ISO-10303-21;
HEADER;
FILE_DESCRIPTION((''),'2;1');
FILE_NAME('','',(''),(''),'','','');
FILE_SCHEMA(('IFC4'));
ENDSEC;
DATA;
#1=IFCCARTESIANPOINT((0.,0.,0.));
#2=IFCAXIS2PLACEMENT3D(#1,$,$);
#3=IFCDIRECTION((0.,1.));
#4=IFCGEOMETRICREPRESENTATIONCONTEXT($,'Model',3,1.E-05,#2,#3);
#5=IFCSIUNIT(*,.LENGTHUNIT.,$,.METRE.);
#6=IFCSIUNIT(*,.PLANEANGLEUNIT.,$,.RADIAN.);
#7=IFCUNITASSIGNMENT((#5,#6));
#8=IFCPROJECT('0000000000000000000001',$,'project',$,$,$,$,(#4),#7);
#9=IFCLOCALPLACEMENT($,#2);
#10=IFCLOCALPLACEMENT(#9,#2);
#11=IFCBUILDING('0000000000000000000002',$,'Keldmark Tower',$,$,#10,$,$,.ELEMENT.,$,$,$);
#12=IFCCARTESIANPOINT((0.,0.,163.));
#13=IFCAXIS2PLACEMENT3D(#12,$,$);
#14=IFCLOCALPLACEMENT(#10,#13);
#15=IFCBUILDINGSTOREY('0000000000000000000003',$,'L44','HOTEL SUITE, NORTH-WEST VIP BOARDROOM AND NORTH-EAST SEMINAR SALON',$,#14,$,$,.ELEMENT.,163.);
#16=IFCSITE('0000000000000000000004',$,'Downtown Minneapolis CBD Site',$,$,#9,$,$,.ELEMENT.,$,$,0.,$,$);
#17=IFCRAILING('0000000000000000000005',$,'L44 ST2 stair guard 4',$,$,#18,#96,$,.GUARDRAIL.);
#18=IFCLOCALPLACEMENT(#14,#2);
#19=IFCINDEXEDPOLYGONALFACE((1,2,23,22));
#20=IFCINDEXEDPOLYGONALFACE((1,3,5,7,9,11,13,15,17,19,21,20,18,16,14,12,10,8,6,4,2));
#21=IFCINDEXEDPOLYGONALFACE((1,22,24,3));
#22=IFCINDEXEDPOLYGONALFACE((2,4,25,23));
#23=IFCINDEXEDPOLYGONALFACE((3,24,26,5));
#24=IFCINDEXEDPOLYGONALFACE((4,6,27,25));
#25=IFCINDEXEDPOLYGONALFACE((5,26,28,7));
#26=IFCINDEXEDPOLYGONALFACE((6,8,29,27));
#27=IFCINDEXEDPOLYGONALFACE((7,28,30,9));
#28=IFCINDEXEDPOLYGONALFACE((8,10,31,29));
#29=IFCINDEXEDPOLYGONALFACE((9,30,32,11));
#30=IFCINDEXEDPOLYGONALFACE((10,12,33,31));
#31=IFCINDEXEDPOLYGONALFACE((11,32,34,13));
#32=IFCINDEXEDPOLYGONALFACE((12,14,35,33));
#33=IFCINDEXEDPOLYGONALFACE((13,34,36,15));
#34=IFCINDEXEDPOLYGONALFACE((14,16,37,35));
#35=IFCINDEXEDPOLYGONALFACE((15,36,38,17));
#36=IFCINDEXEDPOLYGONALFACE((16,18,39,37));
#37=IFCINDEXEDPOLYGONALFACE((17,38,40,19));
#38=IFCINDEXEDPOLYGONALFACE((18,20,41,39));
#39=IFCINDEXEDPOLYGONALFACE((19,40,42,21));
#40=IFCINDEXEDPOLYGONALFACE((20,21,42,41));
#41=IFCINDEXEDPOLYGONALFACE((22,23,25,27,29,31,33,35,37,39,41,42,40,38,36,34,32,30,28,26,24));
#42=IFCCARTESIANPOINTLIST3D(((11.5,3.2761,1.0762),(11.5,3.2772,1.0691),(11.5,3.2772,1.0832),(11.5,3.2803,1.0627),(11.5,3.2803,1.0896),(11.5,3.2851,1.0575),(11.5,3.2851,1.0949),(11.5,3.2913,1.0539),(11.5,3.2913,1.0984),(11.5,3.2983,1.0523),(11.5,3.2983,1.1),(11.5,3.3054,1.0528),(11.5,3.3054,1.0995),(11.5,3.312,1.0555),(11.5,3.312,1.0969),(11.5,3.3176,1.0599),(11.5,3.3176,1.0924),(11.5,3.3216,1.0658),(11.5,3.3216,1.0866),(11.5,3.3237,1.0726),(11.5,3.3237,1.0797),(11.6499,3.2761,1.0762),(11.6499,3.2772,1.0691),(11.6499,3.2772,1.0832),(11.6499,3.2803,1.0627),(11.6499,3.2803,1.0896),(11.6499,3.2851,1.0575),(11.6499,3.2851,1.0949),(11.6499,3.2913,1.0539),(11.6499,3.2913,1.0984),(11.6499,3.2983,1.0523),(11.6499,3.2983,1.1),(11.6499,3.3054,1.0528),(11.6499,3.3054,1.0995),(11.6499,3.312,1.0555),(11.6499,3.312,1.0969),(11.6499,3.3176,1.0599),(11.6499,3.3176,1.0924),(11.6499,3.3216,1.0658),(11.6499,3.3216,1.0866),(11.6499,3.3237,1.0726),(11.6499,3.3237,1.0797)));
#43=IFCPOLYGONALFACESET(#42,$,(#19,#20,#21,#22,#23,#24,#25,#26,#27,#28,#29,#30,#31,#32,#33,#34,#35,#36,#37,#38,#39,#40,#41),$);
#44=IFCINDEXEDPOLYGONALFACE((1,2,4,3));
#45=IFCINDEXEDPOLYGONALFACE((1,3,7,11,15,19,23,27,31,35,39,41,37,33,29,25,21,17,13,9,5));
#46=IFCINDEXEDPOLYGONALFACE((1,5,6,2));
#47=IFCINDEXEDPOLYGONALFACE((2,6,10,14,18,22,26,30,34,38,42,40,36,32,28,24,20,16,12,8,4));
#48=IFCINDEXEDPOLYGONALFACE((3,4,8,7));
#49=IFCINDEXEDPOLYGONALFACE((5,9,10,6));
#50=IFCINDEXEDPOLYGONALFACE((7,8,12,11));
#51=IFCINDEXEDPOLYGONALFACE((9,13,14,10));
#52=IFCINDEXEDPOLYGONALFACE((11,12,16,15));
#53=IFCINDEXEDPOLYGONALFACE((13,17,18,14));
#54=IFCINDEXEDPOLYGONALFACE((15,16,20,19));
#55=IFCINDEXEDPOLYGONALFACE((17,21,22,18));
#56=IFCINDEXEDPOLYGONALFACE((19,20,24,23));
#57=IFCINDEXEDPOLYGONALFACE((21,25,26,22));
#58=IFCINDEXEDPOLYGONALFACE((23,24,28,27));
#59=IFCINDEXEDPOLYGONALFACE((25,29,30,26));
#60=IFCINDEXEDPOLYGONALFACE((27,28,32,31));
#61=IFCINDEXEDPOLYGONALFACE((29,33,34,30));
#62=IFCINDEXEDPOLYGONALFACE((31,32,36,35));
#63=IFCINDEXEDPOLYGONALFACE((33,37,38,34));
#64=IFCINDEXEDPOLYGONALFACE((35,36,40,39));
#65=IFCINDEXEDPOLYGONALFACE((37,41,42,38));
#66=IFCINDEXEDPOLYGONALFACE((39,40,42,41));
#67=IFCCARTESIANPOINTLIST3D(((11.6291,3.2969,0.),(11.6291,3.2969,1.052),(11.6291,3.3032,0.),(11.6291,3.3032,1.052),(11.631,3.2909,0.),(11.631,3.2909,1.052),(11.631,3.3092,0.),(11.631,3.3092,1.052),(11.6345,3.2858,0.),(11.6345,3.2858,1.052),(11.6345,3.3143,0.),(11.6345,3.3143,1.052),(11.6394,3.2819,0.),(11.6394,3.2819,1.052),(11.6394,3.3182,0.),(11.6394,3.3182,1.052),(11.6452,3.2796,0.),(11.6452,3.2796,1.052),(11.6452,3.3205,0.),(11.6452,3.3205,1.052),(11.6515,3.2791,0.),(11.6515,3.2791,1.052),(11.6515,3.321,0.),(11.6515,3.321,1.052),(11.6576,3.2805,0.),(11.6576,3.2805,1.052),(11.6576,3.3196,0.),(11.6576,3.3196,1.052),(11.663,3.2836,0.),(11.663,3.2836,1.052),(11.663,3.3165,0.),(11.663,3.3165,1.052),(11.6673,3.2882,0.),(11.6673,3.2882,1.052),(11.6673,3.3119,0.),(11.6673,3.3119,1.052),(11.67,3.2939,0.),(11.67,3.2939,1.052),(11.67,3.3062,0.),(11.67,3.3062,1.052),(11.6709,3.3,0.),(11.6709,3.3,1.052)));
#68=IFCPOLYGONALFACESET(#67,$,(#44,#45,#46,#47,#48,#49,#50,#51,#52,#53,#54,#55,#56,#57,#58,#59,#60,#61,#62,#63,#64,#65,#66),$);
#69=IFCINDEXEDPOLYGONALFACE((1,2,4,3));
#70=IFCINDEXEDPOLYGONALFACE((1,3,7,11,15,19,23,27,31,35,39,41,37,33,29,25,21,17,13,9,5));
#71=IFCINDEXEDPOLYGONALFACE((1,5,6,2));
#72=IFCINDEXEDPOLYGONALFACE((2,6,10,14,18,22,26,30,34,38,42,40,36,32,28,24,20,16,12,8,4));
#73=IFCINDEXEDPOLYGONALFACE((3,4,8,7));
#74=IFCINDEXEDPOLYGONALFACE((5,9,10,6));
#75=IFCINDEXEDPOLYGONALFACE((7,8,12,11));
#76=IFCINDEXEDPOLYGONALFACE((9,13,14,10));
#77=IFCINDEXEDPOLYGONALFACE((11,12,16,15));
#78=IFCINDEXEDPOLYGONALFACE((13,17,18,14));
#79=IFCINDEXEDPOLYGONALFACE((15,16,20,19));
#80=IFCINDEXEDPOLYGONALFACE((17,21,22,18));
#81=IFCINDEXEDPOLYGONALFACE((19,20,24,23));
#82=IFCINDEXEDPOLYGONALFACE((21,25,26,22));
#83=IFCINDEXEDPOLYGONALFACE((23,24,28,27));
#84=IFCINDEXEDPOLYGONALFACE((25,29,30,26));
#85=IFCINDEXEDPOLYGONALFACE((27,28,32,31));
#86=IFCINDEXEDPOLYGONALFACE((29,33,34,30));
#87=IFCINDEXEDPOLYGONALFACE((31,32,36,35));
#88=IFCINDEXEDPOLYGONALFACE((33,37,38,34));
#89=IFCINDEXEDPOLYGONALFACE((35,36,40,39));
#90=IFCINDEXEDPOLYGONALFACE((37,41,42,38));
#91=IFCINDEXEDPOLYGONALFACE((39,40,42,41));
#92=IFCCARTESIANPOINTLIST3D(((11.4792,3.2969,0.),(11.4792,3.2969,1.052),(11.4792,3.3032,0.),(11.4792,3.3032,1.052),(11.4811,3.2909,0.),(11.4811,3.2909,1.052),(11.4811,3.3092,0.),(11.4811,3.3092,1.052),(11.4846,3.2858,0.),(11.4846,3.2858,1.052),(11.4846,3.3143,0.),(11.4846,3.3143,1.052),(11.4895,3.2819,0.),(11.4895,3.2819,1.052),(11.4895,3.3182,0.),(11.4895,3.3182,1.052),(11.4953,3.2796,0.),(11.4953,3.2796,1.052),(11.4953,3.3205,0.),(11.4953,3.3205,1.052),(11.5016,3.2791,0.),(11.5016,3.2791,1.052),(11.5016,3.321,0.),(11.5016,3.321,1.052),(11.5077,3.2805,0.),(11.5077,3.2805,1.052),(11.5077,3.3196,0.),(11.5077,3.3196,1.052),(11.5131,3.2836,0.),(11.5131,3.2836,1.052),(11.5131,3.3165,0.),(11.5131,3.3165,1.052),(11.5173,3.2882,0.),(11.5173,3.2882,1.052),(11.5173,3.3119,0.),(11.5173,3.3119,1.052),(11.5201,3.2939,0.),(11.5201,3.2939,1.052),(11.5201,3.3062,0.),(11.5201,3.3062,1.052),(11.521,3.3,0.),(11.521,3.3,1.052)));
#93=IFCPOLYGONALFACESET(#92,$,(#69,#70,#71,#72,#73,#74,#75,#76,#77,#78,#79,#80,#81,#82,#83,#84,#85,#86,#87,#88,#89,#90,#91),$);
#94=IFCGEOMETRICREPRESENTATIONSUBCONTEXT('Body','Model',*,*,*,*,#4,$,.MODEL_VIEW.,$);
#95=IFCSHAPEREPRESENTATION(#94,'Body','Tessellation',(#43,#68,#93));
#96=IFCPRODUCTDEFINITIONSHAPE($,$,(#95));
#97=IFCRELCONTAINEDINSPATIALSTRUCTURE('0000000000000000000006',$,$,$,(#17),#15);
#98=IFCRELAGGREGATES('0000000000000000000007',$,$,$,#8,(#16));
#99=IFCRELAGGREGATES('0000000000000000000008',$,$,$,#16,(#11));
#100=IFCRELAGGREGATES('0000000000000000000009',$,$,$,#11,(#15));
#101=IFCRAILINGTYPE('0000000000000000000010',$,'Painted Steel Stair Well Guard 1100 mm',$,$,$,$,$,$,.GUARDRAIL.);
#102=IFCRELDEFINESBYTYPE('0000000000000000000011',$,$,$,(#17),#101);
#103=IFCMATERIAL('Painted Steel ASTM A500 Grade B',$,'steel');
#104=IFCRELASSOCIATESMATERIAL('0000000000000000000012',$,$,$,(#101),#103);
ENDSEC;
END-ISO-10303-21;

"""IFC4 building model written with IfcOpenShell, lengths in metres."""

from ifc_helpers import new_model, si_unit, direction, frame, origin, origin_2d, place, context, subcontext, project, spatial, circle, extrude, material, type_object, element, save


model = new_model("IFC4")

# Units and contexts
model_context = context("Model", 3, precision=1e-05, world=origin(), true_north=direction((0.0, 1.0)))
body_context = subcontext(model_context, "Body", "Model", "MODEL_VIEW")
ifc_project = project(units=[si_unit("LENGTHUNIT", "METRE"), si_unit("PLANEANGLEUNIT", "RADIAN")], contexts=[model_context])

# Site, building, storey
site_placement = place(None, origin())
site = spatial("IfcSite", under=ifc_project, at=site_placement, Name="Downtown Minneapolis CBD Site", CompositionType="ELEMENT", RefElevation=0.0)
building_placement = place(site_placement, origin())
building = spatial("IfcBuilding", under=site, at=building_placement, Name="Keldmark Tower", CompositionType="ELEMENT")
storey_placement = place(building_placement, frame((0.0, 0.0, 163.0)))
storey = spatial("IfcBuildingStorey", under=building, at=storey_placement, Name="L44", Description="HOTEL SUITE, NORTH-WEST VIP BOARDROOM AND NORTH-EAST SEMINAR SALON", CompositionType="ELEMENT", Elevation=163.0)

# Railing
ifc_material_1 = material(Name="Painted Steel ASTM A500 Grade B", Category="steel")
railing_type_1 = type_object("IfcRailingType", Name="Painted Steel Stair Well Guard 1100 mm", PredefinedType="GUARDRAIL", material=ifc_material_1)
railing_1_placement = place(storey_placement, frame((11.6499, 3.3, 0.0)))
element("IfcRailing", 1, at=railing_1_placement, inside=storey, type_object=railing_type_1, Name="L44 ST2 stair guard 4", PredefinedType="GUARDRAIL", context=body_context, shape_type="SweptSolid", body=[
    extrude(circle(Radius=0.0239, at=origin_2d()), frame((0.0, 0.0, 1.0762), z_axis=(-1.0, 0.0, 0.0), x_axis=(0.0, -1.0, 0.0)), (0.0, 0.0, 1.0), 0.1499),
    extrude(circle(Radius=0.021, at=origin_2d()), origin(), (0.0, 0.0, 1.0), 1.052),
    extrude(circle(Radius=0.021, at=origin_2d()), frame((-0.1499, 0.0, 0.0)), (0.0, 0.0, 1.0), 1.052),
])

save(model, "model.ifc")
